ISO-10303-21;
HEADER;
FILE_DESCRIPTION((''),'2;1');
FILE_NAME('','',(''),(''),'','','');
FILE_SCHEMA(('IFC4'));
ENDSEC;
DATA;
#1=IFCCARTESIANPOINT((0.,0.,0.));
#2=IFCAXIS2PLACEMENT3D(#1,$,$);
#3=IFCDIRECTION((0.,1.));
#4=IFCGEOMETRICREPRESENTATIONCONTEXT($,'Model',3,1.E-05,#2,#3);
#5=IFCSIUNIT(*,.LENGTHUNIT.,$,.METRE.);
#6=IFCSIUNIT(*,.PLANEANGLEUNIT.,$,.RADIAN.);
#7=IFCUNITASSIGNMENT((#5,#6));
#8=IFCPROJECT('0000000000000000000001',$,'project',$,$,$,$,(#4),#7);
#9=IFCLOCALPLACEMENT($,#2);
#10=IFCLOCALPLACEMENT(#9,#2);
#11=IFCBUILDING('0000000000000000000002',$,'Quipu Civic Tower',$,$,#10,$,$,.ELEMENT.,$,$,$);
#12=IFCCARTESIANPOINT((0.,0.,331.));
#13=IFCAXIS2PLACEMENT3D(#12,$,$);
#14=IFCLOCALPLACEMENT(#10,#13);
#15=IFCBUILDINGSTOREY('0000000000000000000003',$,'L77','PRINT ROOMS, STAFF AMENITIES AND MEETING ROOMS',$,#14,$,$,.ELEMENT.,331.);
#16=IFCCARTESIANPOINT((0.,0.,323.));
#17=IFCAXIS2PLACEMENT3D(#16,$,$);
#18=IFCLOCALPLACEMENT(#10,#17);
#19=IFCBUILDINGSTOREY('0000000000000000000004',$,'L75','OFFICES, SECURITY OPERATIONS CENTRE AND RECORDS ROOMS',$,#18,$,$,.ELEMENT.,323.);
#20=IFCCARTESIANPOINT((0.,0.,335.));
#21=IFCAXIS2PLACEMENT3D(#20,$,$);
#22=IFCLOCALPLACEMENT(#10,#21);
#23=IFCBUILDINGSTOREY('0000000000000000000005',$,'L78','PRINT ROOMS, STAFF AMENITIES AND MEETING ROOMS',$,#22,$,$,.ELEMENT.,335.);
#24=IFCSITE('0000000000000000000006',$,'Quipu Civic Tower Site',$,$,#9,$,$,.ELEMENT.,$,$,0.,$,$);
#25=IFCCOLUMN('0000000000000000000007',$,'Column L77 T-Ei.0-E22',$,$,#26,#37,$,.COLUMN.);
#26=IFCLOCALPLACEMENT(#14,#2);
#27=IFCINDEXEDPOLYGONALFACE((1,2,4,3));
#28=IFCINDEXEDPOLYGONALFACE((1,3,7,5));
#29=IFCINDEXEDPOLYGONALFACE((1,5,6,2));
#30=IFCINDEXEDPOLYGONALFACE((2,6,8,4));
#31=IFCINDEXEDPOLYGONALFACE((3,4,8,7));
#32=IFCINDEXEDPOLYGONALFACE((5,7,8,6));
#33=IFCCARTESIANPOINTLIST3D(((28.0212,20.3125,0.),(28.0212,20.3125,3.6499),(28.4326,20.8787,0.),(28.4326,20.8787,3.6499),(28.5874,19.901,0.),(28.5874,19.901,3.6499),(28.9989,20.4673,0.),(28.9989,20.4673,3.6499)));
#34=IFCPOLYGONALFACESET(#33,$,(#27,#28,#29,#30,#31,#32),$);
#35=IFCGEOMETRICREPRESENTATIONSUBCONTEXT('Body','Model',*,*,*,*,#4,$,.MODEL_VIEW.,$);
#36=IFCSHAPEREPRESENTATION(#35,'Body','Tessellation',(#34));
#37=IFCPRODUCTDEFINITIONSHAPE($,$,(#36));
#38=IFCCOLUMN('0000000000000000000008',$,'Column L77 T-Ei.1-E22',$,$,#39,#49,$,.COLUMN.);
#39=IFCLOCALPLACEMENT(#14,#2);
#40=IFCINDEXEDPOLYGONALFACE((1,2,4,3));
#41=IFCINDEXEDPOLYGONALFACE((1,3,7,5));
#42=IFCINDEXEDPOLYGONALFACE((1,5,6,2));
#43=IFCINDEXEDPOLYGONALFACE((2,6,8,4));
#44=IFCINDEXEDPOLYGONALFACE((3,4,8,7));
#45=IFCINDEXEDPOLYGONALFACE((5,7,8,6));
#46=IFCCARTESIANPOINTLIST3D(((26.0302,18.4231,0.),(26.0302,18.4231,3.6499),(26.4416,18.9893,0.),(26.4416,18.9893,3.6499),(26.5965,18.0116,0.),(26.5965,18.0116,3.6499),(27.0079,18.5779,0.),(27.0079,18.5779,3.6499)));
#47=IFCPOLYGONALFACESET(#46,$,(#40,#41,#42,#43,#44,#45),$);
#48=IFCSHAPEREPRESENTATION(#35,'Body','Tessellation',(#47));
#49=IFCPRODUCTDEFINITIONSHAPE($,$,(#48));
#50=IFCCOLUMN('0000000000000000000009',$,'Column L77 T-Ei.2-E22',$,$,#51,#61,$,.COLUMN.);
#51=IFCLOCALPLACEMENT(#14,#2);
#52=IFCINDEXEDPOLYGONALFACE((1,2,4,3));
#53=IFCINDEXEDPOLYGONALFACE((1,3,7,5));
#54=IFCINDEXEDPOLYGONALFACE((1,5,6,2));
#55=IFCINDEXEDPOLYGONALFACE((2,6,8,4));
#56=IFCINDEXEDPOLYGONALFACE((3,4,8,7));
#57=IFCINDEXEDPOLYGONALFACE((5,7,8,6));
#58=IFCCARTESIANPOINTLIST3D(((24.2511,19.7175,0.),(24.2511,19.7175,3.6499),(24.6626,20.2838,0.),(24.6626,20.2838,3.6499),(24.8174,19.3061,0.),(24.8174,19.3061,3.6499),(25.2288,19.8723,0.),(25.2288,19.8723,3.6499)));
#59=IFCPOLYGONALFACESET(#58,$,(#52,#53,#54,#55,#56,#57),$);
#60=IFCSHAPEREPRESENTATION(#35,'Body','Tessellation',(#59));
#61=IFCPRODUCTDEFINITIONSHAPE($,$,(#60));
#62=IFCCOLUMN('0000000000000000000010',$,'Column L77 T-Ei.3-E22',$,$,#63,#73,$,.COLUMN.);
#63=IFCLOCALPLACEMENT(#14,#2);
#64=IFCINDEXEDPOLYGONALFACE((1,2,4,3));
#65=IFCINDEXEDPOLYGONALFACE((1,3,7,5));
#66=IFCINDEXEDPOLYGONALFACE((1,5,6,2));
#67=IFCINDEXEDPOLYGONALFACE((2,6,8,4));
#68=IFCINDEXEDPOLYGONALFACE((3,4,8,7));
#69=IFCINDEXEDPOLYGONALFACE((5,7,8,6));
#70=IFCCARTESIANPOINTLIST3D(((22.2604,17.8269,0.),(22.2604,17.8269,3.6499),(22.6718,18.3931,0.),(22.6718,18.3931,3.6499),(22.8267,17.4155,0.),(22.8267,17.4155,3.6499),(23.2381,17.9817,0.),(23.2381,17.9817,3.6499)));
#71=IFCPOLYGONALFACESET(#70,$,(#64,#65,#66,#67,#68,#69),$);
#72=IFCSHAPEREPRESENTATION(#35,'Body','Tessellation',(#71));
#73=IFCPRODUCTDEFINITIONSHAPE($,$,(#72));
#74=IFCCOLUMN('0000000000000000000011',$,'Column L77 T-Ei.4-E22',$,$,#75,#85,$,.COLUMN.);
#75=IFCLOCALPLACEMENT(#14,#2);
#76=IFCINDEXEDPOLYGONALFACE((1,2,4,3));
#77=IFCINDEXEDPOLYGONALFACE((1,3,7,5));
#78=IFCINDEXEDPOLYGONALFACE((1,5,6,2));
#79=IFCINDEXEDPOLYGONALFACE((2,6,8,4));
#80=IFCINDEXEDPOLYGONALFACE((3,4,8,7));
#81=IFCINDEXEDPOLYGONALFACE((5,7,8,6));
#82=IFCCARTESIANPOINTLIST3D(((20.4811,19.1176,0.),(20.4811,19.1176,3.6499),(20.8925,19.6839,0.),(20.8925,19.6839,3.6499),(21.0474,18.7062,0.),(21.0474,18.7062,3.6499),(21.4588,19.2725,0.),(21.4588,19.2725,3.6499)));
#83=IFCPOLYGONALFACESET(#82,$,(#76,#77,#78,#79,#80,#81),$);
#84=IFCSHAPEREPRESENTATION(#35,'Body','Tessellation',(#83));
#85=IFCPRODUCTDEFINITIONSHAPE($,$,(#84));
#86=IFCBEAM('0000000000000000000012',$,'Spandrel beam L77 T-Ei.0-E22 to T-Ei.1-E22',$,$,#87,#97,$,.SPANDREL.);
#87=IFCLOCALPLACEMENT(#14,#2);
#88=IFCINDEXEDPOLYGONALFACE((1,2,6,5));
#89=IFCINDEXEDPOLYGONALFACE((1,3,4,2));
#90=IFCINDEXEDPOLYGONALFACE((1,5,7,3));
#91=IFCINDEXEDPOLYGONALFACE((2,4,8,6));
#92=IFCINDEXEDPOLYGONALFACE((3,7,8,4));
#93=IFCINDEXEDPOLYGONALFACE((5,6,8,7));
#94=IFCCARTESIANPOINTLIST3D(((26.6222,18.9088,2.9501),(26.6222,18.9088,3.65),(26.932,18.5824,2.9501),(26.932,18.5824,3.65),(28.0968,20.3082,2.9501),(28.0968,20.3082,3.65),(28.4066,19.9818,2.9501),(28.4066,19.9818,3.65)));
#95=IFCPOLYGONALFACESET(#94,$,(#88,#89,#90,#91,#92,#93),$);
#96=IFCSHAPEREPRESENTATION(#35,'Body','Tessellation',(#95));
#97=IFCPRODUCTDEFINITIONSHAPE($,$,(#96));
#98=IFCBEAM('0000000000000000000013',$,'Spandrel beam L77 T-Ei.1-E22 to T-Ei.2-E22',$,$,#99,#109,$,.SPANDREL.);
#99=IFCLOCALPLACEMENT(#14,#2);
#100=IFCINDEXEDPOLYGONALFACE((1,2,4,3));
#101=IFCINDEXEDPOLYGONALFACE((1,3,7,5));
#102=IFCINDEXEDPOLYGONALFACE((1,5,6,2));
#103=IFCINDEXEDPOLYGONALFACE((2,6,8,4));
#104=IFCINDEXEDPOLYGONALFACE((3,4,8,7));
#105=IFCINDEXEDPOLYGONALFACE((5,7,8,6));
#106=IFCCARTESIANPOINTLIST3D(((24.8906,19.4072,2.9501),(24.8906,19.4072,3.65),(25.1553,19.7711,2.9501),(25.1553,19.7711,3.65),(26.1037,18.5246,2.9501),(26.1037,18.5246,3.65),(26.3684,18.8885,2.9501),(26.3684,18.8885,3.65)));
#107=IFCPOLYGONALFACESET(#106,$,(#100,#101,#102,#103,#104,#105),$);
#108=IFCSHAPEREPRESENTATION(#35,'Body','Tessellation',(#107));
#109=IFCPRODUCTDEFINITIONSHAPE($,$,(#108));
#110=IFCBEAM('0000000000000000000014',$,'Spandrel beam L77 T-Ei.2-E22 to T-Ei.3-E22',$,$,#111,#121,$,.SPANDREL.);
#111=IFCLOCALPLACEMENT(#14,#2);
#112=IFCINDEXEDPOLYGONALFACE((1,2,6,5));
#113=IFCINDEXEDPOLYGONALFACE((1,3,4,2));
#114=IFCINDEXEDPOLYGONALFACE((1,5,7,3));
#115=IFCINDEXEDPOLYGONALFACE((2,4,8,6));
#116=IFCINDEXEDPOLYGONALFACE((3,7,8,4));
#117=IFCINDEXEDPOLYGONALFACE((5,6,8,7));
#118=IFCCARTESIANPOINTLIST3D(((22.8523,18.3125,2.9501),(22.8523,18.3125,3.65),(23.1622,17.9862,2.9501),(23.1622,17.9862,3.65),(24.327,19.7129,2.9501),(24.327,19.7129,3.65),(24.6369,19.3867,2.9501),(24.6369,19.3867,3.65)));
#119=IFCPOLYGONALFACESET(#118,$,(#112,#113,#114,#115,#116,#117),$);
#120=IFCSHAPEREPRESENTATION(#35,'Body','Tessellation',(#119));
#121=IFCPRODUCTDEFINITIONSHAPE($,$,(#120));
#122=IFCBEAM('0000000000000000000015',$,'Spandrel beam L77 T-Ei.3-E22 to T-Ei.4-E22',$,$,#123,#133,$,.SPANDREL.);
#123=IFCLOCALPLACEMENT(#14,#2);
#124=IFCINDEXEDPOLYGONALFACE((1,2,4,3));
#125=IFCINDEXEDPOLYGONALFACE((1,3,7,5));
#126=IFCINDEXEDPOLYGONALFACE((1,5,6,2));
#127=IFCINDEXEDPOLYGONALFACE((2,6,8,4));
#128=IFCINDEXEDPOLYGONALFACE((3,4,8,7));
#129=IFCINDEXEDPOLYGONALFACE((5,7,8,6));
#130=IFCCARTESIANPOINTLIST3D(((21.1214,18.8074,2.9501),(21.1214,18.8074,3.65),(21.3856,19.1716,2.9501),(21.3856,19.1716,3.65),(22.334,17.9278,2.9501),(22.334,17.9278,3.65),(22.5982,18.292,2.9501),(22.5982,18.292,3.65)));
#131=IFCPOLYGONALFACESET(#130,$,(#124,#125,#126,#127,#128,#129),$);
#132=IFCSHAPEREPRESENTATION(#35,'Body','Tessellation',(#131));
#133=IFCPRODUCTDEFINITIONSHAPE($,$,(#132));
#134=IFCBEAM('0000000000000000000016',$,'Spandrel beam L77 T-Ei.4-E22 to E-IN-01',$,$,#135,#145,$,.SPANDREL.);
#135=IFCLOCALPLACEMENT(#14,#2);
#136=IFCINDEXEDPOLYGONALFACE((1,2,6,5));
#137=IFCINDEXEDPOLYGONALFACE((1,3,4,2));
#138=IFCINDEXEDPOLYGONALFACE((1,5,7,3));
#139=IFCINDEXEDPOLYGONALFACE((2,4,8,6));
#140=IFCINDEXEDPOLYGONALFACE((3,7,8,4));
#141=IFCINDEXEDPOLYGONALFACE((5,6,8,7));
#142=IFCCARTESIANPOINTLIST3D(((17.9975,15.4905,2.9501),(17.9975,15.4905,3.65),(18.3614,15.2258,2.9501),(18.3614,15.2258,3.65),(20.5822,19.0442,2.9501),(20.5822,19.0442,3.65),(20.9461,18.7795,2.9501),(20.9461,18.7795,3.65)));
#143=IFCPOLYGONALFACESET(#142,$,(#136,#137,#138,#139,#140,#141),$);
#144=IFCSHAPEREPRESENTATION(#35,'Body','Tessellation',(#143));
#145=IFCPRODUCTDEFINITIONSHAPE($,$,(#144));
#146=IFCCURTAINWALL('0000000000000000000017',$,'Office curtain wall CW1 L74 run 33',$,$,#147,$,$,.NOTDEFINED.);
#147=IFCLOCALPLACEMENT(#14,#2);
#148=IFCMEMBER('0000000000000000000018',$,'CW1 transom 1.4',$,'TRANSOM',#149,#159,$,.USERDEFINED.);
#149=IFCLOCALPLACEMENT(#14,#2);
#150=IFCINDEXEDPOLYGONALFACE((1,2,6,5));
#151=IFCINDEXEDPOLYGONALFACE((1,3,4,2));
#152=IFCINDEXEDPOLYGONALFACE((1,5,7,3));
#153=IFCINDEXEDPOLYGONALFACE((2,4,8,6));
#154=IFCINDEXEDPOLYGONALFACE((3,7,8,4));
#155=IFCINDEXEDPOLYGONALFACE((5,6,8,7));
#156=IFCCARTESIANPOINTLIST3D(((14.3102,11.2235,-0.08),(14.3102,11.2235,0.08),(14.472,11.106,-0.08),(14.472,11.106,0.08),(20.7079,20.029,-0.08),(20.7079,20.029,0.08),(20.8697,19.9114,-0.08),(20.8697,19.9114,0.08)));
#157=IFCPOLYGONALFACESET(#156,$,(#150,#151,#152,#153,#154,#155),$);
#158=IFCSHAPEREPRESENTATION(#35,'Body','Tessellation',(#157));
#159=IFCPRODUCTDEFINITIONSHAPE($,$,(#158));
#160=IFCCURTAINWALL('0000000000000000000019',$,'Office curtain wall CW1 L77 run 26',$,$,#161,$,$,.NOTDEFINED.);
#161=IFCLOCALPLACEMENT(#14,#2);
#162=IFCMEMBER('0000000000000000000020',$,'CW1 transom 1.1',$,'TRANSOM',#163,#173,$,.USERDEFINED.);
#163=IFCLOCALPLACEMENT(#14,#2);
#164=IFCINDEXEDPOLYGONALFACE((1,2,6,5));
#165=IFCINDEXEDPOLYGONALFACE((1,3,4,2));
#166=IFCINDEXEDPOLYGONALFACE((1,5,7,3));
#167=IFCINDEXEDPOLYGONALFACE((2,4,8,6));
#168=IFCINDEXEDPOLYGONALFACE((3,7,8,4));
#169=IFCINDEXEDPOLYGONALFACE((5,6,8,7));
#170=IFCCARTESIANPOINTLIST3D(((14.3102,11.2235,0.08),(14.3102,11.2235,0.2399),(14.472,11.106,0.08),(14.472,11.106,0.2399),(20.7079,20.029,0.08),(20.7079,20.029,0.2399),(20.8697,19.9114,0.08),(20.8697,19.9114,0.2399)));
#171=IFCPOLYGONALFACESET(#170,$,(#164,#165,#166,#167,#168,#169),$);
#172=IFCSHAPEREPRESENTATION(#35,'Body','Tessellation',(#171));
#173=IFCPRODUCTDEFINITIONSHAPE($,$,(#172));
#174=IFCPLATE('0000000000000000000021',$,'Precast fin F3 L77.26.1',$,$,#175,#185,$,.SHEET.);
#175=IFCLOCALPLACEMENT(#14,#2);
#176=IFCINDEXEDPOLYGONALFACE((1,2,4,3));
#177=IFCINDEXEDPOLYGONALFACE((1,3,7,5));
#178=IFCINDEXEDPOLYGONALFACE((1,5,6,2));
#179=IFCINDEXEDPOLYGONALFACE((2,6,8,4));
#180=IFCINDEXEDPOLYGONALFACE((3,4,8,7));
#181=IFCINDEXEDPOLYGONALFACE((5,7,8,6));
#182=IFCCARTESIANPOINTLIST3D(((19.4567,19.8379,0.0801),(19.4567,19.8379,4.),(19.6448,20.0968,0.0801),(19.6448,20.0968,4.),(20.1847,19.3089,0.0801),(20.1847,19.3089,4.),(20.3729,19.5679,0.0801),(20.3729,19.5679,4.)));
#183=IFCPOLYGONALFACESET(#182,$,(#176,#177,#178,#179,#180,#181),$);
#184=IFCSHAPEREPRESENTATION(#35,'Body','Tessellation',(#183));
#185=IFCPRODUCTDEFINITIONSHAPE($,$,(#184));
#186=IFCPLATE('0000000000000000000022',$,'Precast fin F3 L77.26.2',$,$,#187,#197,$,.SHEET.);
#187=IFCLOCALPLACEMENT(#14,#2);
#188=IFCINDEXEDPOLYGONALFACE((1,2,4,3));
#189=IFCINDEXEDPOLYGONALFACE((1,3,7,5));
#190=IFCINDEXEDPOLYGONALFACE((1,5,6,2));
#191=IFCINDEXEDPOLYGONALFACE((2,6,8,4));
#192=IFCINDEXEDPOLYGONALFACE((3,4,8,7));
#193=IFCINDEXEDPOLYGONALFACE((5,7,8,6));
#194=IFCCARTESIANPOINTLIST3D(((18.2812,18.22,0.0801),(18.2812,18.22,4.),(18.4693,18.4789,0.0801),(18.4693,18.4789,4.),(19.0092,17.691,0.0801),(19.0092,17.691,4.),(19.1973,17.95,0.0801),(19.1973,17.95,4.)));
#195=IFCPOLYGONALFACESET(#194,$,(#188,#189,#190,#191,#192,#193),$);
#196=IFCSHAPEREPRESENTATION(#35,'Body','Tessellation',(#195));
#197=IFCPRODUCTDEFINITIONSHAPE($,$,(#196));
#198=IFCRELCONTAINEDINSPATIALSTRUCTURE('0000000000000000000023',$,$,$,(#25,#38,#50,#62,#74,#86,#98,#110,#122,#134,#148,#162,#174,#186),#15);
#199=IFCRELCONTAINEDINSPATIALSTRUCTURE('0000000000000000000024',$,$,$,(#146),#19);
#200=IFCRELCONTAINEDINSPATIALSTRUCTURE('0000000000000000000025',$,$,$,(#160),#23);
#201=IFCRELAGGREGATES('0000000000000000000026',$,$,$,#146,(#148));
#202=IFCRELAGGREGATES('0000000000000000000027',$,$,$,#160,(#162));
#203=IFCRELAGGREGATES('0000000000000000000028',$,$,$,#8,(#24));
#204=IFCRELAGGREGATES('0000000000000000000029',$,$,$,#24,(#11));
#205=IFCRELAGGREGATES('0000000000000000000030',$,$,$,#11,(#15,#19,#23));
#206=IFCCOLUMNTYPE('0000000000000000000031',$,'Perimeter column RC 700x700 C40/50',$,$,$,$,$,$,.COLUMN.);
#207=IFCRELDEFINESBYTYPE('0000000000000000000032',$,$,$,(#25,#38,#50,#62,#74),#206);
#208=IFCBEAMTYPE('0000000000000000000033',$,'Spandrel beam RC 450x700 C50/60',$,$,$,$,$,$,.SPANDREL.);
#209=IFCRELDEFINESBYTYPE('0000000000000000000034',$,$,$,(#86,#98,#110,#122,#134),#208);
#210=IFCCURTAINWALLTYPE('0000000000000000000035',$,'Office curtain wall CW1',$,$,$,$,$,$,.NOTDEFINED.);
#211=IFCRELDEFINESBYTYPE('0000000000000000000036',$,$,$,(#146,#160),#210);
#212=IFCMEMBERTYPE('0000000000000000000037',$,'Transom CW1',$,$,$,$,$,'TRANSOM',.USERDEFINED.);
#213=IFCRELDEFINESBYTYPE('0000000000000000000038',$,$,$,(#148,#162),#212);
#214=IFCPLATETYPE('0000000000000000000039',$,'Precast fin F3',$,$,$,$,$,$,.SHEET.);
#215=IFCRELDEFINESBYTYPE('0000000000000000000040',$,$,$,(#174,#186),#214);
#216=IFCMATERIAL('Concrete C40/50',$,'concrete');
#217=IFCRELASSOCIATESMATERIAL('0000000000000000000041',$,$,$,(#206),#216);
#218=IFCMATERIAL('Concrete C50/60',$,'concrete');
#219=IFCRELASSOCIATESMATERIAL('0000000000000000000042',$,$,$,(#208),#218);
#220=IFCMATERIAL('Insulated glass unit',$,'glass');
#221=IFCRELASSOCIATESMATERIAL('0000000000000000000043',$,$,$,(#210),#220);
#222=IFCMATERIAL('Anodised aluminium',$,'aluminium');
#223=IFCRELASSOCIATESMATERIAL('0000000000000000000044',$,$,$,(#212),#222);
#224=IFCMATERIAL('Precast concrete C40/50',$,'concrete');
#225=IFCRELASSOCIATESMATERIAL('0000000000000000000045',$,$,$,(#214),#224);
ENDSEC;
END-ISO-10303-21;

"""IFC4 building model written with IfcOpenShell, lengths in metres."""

from ifc_helpers import new_model, si_unit, direction, frame, origin, origin_2d, place, context, subcontext, project, spatial, rectangle, extrude, material, material_profile, profile_set, type_object, element, aggregate, save


model = new_model("IFC4")

# Units and contexts
model_context = context("Model", 3, precision=1e-05, world=origin(), true_north=direction((0.0, 1.0)))
body_context = subcontext(model_context, "Body", "Model", "MODEL_VIEW")
ifc_project = project(units=[si_unit("LENGTHUNIT", "METRE"), si_unit("PLANEANGLEUNIT", "RADIAN")], contexts=[model_context])

# Site, building, storey
site_placement = place(None, origin())
site = spatial("IfcSite", under=ifc_project, at=site_placement, Name="Quipu Civic Tower Site", CompositionType="ELEMENT", RefElevation=0.0)
building_placement = place(site_placement, origin())
building = spatial("IfcBuilding", under=site, at=building_placement, Name="Quipu Civic Tower", CompositionType="ELEMENT")
storey_1_placement = place(building_placement, frame((0.0, 0.0, 331.0)))
storey_1 = spatial("IfcBuildingStorey", under=building, at=storey_1_placement, Name="L77", Description="PRINT ROOMS, STAFF AMENITIES AND MEETING ROOMS", CompositionType="ELEMENT", Elevation=331.0)

# Columns
ifc_material_1 = material(Name="Concrete C40/50", Category="concrete")
ifc_material_profile_1 = material_profile(ifc_material_1, rectangle(XDim=0.7, YDim=0.7, at=origin_2d()), Name="RC700x700")
ifc_profile_set_1 = profile_set([ifc_material_profile_1], Name="Concrete C40/50")
column_type = type_object("IfcColumnType", Name="Perimeter column RC 700x700 C40/50", PredefinedType="COLUMN", material=ifc_profile_set_1)
for number, where, z_axis, x_axis, name in (
    (1, (28.51, 20.3899, 0.0), (0.0, 0.0, 1.0), (-0.587785, -0.809017, 0.0), "Column L77 T-Ei.0-E22"),
    (2, (26.519, 18.5005, 0.0), (0.0, 0.0, 1.0), (-0.809017, 0.587785, 0.0), "Column L77 T-Ei.1-E22"),
    (3, (24.74, 19.7949, 0.0), (0.0, 0.0, 1.0), (-0.587785, -0.809017, 0.0), "Column L77 T-Ei.2-E22"),
    (4, (22.7493, 17.9043, 0.0), (0.0, 0.0, 1.0), (-0.587785, -0.809017, 0.0), "Column L77 T-Ei.3-E22"),
    (5, (20.97, 19.1951, 0.0), (0.0, 0.0, 1.0), (-0.587785, -0.809017, 0.0), "Column L77 T-Ei.4-E22"),
):
    element("IfcColumn", number, at=place(storey_1_placement, frame(where, z_axis=z_axis, x_axis=x_axis)), inside=storey_1, type_object=column_type, Name=name, PredefinedType="COLUMN", context=body_context, shape_type="SweptSolid", body=[
        extrude(rectangle(XDim=0.7, YDim=0.7, at=origin_2d()), origin(), (0.0, 0.0, 1.0), 3.6499),
    ])

# Beams
ifc_material_2 = material(Name="Concrete C50/60", Category="concrete")
ifc_material_profile_2 = material_profile(ifc_material_2, rectangle(XDim=0.45, YDim=0.7, at=origin_2d()), Name="RC450x700")
ifc_profile_set_2 = profile_set([ifc_material_profile_2], Name="Concrete C50/60")
beam_type = type_object("IfcBeamType", Name="Spandrel beam RC 450x700 C50/60", PredefinedType="SPANDREL", material=ifc_profile_set_2)
beam_1_placement = place(storey_1_placement, frame((28.2517, 20.145, 3.3), z_axis=(-0.725359, -0.688371, 0.0), x_axis=(0.688371, -0.725359, 0.0)))
element("IfcBeam", 6, at=beam_1_placement, inside=storey_1, type_object=beam_type, Name="Spandrel beam L77 T-Ei.0-E22 to T-Ei.1-E22", PredefinedType="SPANDREL", context=body_context, shape_type="SweptSolid", body=[
    extrude(rectangle(XDim=0.45, YDim=0.7, at=origin_2d()), origin(), (0.0, 0.0, 1.0), 2.033),
])
beam_2_placement = place(storey_1_placement, frame((26.2361, 18.7065, 3.3), z_axis=(-0.808645, 0.588297, 0.0), x_axis=(-0.588297, -0.808645, 0.0)))
element("IfcBeam", 7, at=beam_2_placement, inside=storey_1, type_object=beam_type, Name="Spandrel beam L77 T-Ei.1-E22 to T-Ei.2-E22", PredefinedType="SPANDREL", context=body_context, shape_type="SweptSolid", body=[
    extrude(rectangle(XDim=0.45, YDim=0.7, at=origin_2d()), origin(), (0.0, 0.0, 1.0), 1.5002),
])
beam_3_placement = place(storey_1_placement, frame((24.4819, 19.5498, 3.3), z_axis=(-0.725119, -0.688623, 0.0), x_axis=(0.688623, -0.725119, 0.0)))
element("IfcBeam", 8, at=beam_3_placement, inside=storey_1, type_object=beam_type, Name="Spandrel beam L77 T-Ei.2-E22 to T-Ei.3-E22", PredefinedType="SPANDREL", context=body_context, shape_type="SweptSolid", body=[
    extrude(rectangle(XDim=0.45, YDim=0.7, at=origin_2d()), origin(), (0.0, 0.0, 1.0), 2.0337),
])
beam_4_placement = place(storey_1_placement, frame((22.4661, 18.1099, 3.3), z_axis=(-0.809461, 0.587173, 0.0), x_axis=(-0.587173, -0.809461, 0.0)))
element("IfcBeam", 9, at=beam_4_placement, inside=storey_1, type_object=beam_type, Name="Spandrel beam L77 T-Ei.3-E22 to T-Ei.4-E22", PredefinedType="SPANDREL", context=body_context, shape_type="SweptSolid", body=[
    extrude(rectangle(XDim=0.45, YDim=0.7, at=origin_2d()), origin(), (0.0, 0.0, 1.0), 1.498),
])
beam_5_placement = place(storey_1_placement, frame((20.7642, 18.9119, 3.3), z_axis=(-0.588201, -0.808714, 0.0), x_axis=(0.808714, -0.588201, 0.0)))
element("IfcBeam", 10, at=beam_5_placement, inside=storey_1, type_object=beam_type, Name="Spandrel beam L77 T-Ei.4-E22 to E-IN-01", PredefinedType="SPANDREL", context=body_context, shape_type="SweptSolid", body=[
    extrude(rectangle(XDim=0.45, YDim=0.7, at=origin_2d()), origin(), (0.0, 0.0, 1.0), 4.3943),
])

# Shared definitions
storey_2_placement = place(building_placement, frame((0.0, 0.0, 323.0)))
storey_2 = spatial("IfcBuildingStorey", under=building, at=storey_2_placement, Name="L75", Description="OFFICES, SECURITY OPERATIONS CENTRE AND RECORDS ROOMS", CompositionType="ELEMENT", Elevation=323.0)

# Curtain wall, member
ifc_material_3 = material(Name="Insulated glass unit", Category="glass")
curtain_wall_type = type_object("IfcCurtainWallType", Name="Office curtain wall CW1", PredefinedType="NOTDEFINED", material=ifc_material_3)
curtain_wall_1_placement = place(storey_2_placement, origin())
curtain_wall_1 = element("IfcCurtainWall", 11, at=curtain_wall_1_placement, inside=storey_2, type_object=curtain_wall_type, Name="Office curtain wall CW1 L74 run 33", PredefinedType="NOTDEFINED")
ifc_material_4 = material(Name="Anodised aluminium", Category="aluminium")
ifc_material_profile_3 = material_profile(ifc_material_4, rectangle(XDim=0.2, YDim=0.1599, at=origin_2d()), Name="RECT 200x160")
ifc_profile_set_3 = profile_set([ifc_material_profile_3], Name="Anodised aluminium")
member_type = type_object("IfcMemberType", Name="Transom CW1", ElementType="TRANSOM", PredefinedType="USERDEFINED", material=ifc_profile_set_3)
member_1_placement = place(storey_1_placement, frame((20.7888, 19.9702, 0.0), z_axis=(-0.587797, -0.809009, 0.0), x_axis=(0.809009, -0.587797, 0.0)))
member_1 = element("IfcMember", 12, at=member_1_placement, inside=storey_1, type_object=member_type, Name="CW1 transom 1.4", ObjectType="TRANSOM", PredefinedType="USERDEFINED", context=body_context, shape_type="SweptSolid", body=[
    extrude(rectangle(XDim=0.2, YDim=0.1599, at=origin_2d()), origin(), (0.0, 0.0, 1.0), 10.8843),
])
aggregate(curtain_wall_1, [member_1])

# Shared definitions
storey_3_placement = place(building_placement, frame((0.0, 0.0, 335.0)))
storey_3 = spatial("IfcBuildingStorey", under=building, at=storey_3_placement, Name="L78", Description="PRINT ROOMS, STAFF AMENITIES AND MEETING ROOMS", CompositionType="ELEMENT", Elevation=335.0)

# Curtain wall, member
curtain_wall_2_placement = place(storey_3_placement, origin())
curtain_wall_2 = element("IfcCurtainWall", 13, at=curtain_wall_2_placement, inside=storey_3, type_object=curtain_wall_type, Name="Office curtain wall CW1 L77 run 26", PredefinedType="NOTDEFINED")
member_2_placement = place(storey_1_placement, frame((20.7888, 19.9702, 0.1599), z_axis=(-0.587797, -0.809009, 0.0), x_axis=(0.809009, -0.587797, 0.0)))
member_2 = element("IfcMember", 14, at=member_2_placement, inside=storey_1, type_object=member_type, Name="CW1 transom 1.1", ObjectType="TRANSOM", PredefinedType="USERDEFINED", context=body_context, shape_type="SweptSolid", body=[
    extrude(rectangle(XDim=0.2, YDim=0.1599, at=origin_2d()), origin(), (0.0, 0.0, 1.0), 10.8843),
])
aggregate(curtain_wall_2, [member_2])

# Plates
ifc_material_5 = material(Name="Precast concrete C40/50", Category="concrete")
plate_type = type_object("IfcPlateType", Name="Precast fin F3", PredefinedType="SHEET", material=ifc_material_5)
for number, where, z_axis, x_axis, name in (
    (15, (19.9148, 19.7029, 0.0801), (0.0, 0.0, 1.0), (-0.587784, -0.809018, 0.0), "Precast fin F3 L77.26.1"),
    (16, (18.7393, 18.085, 0.0801), (0.0, 0.0, 1.0), (-0.587784, -0.809018, 0.0), "Precast fin F3 L77.26.2"),
):
    element("IfcPlate", number, at=place(storey_1_placement, frame(where, z_axis=z_axis, x_axis=x_axis)), inside=storey_1, type_object=plate_type, Name=name, PredefinedType="SHEET", context=body_context, shape_type="SweptSolid", body=[
        extrude(rectangle(XDim=0.3201, YDim=0.8999, at=origin_2d()), origin(), (0.0, 0.0, 1.0), 3.9199),
    ])

save(model, "model.ifc")
